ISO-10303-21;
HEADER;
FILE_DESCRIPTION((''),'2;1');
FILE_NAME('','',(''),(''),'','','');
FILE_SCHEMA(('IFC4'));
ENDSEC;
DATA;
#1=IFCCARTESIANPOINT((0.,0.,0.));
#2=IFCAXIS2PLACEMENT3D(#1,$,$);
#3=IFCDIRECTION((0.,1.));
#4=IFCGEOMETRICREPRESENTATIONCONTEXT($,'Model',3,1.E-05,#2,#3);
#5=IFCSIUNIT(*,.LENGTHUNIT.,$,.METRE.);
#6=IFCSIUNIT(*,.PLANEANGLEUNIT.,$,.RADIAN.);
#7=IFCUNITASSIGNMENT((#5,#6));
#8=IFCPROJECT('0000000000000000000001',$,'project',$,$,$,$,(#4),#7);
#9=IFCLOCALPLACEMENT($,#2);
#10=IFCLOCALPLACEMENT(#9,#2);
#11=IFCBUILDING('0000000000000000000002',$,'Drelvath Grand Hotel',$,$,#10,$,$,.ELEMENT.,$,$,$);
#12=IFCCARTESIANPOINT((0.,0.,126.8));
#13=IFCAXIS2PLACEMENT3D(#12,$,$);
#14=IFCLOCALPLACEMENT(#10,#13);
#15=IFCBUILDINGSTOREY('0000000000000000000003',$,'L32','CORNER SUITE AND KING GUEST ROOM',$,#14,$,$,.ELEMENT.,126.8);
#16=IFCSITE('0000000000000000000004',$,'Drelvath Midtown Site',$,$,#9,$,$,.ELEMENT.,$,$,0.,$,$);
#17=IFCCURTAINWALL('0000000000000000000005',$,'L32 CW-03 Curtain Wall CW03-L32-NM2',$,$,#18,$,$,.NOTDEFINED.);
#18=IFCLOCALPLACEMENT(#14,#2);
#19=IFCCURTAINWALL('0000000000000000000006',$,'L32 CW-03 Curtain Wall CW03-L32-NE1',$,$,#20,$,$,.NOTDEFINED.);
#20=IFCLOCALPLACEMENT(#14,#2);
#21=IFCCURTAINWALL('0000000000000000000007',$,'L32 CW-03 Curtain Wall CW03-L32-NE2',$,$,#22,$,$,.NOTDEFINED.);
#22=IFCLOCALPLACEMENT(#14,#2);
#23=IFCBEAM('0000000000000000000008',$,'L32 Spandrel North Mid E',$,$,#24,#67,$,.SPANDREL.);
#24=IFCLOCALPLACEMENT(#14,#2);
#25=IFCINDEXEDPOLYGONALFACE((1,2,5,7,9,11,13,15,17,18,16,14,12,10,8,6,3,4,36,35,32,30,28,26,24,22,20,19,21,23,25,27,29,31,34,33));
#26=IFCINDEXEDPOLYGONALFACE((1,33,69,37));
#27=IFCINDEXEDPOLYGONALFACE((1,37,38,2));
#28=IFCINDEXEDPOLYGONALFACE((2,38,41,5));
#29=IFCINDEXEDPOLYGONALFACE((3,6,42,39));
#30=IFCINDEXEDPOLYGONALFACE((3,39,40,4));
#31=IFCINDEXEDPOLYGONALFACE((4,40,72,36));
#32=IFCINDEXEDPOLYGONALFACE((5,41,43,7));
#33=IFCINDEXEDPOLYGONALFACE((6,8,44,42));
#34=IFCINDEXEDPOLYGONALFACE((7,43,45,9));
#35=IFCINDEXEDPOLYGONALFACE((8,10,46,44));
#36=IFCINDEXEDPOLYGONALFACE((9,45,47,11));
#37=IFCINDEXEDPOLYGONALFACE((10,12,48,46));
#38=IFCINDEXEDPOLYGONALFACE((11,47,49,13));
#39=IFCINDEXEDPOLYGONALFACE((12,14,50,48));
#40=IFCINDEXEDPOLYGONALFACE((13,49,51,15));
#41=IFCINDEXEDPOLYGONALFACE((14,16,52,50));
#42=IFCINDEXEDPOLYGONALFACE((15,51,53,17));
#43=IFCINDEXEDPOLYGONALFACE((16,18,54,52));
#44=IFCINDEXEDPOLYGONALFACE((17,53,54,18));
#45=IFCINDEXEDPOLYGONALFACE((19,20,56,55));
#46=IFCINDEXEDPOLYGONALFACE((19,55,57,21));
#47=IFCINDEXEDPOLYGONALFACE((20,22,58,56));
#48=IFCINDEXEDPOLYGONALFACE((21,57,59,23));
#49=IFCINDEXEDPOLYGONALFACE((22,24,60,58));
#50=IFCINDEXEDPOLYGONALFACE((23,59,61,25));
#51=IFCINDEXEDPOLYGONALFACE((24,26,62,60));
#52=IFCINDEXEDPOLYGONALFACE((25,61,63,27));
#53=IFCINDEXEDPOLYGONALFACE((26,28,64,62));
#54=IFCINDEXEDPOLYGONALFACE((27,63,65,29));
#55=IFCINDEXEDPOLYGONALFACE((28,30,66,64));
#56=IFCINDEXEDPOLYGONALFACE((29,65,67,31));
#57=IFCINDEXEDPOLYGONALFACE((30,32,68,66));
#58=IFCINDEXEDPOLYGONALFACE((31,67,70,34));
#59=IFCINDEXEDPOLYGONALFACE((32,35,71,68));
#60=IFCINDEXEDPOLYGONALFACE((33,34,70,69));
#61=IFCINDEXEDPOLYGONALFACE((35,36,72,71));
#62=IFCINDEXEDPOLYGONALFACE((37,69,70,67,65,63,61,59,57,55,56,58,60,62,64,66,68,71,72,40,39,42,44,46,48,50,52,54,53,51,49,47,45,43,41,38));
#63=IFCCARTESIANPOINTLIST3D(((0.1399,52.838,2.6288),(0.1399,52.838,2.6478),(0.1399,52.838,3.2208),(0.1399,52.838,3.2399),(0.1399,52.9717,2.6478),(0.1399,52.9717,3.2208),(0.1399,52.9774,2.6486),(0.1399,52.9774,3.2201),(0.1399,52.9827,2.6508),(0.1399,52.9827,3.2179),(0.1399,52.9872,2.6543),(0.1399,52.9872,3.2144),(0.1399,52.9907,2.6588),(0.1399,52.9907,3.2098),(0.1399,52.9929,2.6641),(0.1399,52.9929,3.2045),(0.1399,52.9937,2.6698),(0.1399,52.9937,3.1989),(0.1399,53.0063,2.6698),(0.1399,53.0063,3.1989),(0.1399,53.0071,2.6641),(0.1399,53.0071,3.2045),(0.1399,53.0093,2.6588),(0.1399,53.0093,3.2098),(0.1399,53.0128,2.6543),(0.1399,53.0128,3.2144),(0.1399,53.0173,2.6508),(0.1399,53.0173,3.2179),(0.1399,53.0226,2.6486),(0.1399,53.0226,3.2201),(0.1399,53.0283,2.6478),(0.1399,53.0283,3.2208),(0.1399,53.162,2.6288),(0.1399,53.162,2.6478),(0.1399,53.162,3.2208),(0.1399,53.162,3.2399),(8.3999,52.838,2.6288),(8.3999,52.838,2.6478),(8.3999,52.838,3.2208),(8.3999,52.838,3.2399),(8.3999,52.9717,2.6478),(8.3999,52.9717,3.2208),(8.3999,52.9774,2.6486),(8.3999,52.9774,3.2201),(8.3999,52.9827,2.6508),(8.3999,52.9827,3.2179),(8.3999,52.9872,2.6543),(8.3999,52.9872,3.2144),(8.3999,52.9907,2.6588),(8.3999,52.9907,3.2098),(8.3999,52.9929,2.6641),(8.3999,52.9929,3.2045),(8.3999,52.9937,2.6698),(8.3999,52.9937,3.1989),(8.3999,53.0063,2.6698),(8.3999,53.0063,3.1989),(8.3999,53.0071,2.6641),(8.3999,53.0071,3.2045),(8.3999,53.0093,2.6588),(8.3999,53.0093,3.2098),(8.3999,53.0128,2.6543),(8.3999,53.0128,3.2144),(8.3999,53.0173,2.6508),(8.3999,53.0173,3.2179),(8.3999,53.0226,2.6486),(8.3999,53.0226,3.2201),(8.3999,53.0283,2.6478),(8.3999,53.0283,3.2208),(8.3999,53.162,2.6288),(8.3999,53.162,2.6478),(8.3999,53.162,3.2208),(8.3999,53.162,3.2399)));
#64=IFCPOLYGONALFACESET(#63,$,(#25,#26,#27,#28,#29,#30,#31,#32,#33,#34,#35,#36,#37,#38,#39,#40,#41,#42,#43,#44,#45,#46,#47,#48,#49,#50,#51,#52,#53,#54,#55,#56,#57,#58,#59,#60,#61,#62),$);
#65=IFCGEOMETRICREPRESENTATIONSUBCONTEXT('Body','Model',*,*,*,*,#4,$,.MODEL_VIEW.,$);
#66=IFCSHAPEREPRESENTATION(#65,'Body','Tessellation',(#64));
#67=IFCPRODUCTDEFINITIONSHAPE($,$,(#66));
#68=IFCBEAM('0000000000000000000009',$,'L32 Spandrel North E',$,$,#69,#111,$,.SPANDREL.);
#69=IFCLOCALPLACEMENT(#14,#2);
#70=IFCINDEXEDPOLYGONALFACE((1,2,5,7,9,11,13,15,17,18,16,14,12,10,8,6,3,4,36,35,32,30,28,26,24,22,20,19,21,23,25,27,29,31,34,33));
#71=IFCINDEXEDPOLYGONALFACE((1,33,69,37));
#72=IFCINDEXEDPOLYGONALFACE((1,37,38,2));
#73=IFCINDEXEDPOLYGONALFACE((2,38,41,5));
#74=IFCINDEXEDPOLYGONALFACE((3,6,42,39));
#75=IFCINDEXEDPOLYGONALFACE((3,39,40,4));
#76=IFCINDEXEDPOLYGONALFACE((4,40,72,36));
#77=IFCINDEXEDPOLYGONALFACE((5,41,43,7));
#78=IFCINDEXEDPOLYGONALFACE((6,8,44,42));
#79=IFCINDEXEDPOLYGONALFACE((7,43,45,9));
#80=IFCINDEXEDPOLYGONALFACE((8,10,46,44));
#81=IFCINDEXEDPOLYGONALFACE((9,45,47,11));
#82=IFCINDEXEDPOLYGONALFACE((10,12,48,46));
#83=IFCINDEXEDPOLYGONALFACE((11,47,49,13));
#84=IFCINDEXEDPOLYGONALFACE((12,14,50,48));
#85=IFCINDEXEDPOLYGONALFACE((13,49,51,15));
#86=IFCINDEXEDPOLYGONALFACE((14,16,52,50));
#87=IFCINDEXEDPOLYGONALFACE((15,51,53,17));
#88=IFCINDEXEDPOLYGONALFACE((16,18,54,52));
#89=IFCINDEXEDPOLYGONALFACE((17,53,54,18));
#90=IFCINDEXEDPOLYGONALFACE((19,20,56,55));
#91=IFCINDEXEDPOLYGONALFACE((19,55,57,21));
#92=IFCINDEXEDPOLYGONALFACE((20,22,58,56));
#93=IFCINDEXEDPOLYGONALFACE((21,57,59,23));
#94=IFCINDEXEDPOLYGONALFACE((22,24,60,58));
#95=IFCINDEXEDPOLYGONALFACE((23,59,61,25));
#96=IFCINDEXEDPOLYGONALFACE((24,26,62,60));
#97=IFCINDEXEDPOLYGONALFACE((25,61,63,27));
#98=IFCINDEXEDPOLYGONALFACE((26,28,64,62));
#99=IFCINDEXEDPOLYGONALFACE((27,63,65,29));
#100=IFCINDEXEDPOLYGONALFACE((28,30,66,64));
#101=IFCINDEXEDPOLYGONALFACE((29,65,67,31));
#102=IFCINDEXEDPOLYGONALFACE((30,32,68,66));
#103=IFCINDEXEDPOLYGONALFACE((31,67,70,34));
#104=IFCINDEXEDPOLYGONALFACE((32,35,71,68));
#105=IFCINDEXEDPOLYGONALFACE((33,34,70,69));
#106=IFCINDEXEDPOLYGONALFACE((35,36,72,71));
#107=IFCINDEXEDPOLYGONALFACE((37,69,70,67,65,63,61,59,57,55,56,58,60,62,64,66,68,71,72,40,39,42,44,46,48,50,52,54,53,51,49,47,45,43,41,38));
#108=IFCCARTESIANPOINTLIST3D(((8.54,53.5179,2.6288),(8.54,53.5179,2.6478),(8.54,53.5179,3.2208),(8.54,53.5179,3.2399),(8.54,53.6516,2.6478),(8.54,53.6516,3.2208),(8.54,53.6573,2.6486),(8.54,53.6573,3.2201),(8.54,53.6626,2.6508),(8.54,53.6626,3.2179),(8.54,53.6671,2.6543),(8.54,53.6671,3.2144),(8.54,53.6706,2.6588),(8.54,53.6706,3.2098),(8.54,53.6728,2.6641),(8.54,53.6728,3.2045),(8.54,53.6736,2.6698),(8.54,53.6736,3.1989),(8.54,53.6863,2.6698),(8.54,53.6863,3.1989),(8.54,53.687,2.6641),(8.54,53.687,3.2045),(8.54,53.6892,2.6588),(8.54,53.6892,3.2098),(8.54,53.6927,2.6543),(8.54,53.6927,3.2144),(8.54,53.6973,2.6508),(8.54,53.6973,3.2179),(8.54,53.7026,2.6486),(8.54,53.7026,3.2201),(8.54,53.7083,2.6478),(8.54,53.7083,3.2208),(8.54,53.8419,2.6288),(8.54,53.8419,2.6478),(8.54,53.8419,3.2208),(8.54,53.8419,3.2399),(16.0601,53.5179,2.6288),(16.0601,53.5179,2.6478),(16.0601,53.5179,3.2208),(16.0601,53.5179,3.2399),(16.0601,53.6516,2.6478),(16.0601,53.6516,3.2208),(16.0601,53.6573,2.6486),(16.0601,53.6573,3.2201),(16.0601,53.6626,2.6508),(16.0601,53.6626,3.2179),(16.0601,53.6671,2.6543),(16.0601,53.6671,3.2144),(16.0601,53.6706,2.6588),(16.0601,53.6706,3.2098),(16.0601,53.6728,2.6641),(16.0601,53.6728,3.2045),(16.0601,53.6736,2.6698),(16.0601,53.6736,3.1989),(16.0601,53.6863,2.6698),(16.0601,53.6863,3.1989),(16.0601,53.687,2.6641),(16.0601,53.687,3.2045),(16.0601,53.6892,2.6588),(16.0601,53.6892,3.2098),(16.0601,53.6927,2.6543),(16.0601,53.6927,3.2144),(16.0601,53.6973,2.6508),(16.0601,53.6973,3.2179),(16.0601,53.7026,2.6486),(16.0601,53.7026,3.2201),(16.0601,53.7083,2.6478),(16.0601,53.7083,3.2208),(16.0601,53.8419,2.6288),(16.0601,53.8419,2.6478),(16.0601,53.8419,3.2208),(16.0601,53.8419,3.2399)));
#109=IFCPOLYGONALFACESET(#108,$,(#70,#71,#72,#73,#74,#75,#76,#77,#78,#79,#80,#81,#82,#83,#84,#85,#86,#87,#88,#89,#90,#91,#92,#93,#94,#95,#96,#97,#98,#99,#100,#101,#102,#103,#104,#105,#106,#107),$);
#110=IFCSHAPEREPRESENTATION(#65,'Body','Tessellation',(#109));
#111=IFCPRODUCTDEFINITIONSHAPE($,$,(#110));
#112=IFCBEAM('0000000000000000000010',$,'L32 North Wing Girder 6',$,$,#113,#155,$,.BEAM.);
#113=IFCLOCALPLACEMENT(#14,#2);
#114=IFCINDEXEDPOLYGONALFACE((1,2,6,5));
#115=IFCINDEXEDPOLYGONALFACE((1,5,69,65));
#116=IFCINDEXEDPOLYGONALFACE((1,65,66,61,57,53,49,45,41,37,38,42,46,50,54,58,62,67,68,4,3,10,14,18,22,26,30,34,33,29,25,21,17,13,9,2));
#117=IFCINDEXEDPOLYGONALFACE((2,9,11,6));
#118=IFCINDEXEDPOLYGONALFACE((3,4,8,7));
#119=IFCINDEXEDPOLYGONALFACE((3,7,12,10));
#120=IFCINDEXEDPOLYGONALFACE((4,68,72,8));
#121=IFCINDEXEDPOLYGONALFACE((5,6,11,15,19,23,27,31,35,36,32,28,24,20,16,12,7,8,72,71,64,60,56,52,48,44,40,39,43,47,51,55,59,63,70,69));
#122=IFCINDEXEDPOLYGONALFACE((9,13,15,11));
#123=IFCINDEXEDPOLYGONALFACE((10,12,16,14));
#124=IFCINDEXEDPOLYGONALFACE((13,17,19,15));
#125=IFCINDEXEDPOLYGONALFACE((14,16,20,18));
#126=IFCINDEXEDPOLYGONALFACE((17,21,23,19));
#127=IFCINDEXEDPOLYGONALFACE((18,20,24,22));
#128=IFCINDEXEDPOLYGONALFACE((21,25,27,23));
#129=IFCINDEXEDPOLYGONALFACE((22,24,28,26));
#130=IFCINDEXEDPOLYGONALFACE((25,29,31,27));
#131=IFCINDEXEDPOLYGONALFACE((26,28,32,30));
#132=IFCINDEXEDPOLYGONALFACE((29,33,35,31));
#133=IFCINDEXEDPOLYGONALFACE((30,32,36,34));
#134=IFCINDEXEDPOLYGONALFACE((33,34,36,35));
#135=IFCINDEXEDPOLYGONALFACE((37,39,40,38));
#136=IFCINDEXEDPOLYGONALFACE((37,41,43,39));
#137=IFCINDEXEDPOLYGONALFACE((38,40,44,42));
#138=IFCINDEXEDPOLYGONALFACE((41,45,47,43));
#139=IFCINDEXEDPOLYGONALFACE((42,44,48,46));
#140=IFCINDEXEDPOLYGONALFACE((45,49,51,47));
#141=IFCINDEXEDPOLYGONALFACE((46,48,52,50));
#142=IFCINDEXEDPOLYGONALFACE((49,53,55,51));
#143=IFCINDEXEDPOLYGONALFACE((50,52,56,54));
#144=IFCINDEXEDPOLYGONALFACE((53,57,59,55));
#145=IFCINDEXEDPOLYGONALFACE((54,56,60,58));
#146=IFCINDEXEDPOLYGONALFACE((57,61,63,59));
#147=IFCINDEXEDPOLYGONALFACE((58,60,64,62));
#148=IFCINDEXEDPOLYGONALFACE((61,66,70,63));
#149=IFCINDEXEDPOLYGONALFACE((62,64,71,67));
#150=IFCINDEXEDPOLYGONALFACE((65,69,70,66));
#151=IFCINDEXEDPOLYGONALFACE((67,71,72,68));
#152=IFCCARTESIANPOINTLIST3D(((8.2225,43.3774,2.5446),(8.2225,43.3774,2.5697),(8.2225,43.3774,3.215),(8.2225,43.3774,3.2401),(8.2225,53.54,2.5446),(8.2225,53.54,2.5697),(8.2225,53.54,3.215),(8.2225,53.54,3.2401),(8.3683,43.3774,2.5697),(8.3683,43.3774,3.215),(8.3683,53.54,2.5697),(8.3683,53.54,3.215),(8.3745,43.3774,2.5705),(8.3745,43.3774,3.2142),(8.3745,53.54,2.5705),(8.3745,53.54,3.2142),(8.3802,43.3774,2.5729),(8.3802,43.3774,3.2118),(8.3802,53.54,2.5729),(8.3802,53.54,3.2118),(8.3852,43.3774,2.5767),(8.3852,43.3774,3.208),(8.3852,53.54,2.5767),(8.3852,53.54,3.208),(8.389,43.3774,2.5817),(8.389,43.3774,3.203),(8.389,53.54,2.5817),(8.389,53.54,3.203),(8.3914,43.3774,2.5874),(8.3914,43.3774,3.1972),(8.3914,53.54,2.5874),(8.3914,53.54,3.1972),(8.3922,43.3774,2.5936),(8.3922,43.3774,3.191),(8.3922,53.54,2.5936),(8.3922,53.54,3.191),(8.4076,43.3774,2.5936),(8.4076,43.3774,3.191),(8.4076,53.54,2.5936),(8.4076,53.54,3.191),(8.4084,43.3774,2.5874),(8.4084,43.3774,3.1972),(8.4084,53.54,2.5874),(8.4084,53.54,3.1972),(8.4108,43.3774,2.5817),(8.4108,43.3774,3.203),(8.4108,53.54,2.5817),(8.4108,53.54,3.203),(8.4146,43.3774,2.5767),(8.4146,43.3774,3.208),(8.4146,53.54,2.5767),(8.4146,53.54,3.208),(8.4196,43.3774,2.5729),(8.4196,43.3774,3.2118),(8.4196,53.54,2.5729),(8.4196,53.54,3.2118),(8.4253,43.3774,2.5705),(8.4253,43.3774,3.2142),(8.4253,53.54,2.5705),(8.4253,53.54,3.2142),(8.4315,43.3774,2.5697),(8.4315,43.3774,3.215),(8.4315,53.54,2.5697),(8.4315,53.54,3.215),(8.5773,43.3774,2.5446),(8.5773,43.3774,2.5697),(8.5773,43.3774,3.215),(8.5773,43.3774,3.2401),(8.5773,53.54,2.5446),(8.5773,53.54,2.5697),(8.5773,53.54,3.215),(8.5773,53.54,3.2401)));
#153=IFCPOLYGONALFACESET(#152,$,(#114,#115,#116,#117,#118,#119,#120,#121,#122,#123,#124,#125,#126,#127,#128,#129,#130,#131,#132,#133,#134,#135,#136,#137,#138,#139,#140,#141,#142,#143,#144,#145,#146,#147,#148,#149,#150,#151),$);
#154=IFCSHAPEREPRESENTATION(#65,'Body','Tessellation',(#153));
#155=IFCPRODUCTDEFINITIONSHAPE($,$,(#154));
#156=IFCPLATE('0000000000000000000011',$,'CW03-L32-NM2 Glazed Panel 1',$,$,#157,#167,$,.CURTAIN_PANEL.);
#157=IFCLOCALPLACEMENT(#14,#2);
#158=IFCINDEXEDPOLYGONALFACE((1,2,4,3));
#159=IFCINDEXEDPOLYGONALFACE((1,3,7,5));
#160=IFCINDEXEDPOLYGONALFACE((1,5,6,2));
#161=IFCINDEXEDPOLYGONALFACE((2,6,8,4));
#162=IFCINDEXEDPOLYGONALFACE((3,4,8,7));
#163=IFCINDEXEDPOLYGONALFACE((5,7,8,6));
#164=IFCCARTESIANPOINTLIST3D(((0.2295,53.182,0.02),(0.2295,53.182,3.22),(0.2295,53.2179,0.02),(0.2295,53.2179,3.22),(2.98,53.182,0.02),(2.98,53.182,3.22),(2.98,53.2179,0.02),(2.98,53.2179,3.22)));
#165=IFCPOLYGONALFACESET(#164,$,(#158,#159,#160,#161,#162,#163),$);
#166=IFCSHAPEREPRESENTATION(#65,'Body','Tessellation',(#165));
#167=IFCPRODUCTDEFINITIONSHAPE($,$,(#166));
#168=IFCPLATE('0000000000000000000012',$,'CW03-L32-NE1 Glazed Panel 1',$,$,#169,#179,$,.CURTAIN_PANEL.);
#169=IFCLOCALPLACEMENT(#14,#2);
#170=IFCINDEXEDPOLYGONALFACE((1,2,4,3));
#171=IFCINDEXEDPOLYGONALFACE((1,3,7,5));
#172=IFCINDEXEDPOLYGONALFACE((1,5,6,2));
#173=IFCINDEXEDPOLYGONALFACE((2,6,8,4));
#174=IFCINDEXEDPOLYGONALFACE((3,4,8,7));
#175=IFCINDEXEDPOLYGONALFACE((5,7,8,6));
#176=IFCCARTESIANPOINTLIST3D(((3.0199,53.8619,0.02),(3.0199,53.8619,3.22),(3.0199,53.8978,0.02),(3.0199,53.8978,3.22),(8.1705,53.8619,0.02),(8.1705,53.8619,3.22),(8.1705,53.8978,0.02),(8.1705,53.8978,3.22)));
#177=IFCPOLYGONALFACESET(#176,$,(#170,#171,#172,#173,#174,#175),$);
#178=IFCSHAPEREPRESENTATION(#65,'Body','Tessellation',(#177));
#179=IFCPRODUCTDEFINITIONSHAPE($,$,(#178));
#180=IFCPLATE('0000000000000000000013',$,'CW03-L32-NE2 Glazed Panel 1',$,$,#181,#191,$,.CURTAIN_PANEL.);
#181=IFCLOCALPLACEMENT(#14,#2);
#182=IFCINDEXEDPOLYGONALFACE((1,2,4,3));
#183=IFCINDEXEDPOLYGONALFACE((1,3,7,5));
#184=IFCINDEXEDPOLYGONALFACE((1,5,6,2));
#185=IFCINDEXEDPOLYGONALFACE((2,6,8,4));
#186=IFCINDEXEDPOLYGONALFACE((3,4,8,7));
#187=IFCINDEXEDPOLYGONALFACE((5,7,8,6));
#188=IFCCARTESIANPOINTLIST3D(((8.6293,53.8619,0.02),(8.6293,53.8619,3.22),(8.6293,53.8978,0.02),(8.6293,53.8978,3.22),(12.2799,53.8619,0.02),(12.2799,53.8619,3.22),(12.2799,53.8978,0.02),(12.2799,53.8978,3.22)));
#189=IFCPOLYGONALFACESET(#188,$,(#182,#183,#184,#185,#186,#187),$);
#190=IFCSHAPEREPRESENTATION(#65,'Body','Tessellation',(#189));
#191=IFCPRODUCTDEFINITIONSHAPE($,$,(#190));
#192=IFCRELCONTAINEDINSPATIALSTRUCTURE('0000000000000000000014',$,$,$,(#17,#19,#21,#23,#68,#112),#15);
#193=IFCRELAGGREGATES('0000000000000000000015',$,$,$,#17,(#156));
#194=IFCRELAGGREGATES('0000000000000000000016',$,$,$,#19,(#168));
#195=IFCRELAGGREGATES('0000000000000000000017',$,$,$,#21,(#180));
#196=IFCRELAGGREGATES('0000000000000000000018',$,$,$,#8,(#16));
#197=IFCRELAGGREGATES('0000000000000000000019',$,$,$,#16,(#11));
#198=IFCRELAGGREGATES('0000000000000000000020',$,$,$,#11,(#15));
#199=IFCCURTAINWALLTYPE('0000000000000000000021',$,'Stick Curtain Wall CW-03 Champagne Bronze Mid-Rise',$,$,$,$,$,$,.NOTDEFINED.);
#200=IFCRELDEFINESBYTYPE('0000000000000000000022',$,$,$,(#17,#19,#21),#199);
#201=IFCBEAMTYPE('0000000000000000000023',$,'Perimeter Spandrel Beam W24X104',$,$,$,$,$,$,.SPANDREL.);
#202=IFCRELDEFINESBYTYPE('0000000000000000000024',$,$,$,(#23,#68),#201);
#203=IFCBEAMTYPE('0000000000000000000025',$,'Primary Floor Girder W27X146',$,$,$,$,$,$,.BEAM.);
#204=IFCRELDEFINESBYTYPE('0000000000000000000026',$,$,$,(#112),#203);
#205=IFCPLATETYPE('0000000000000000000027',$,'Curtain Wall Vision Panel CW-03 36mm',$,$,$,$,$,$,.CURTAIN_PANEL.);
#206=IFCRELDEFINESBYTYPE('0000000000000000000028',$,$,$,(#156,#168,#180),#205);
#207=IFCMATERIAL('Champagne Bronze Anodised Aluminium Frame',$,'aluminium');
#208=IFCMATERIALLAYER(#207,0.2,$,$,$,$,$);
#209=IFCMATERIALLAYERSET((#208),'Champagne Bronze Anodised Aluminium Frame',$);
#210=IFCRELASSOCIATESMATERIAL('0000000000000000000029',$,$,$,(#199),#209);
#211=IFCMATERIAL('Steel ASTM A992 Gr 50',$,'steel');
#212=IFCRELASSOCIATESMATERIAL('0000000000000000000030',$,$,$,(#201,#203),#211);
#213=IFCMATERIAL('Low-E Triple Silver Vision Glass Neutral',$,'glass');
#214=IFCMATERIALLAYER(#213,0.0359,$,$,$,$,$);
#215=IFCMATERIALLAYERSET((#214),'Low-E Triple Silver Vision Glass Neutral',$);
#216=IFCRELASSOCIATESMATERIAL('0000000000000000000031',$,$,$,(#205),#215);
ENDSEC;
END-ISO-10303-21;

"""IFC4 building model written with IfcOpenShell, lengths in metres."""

from ifc_helpers import new_model, si_unit, direction, frame, origin, origin_2d, place, context, subcontext, project, spatial, rectangle, i_section, extrude, material, layer, layer_set, material_profile, profile_set, type_object, element, aggregate, save


model = new_model("IFC4")

# Units and contexts
model_context = context("Model", 3, precision=1e-05, world=origin(), true_north=direction((0.0, 1.0)))
body_context = subcontext(model_context, "Body", "Model", "MODEL_VIEW")
ifc_project = project(units=[si_unit("LENGTHUNIT", "METRE"), si_unit("PLANEANGLEUNIT", "RADIAN")], contexts=[model_context])

# Site, building, storey
site_placement = place(None, origin())
site = spatial("IfcSite", under=ifc_project, at=site_placement, Name="Drelvath Midtown Site", CompositionType="ELEMENT", RefElevation=0.0)
building_placement = place(site_placement, origin())
building = spatial("IfcBuilding", under=site, at=building_placement, Name="Drelvath Grand Hotel", CompositionType="ELEMENT")
storey_placement = place(building_placement, frame((0.0, 0.0, 126.8)))
storey = spatial("IfcBuildingStorey", under=building, at=storey_placement, Name="L32", Description="CORNER SUITE AND KING GUEST ROOM", CompositionType="ELEMENT", Elevation=126.8)

# Curtain walls
ifc_material_1 = material(Name="Champagne Bronze Anodised Aluminium Frame", Category="aluminium")
ifc_layer_1 = layer(ifc_material_1, 0.2)
ifc_layer_set_1 = layer_set([ifc_layer_1], Name="Champagne Bronze Anodised Aluminium Frame")
curtain_wall_type = type_object("IfcCurtainWallType", Name="Stick Curtain Wall CW-03 Champagne Bronze Mid-Rise", PredefinedType="NOTDEFINED", material=ifc_layer_set_1)
curtain_wall_1_placement = place(storey_placement, origin())
curtain_wall_1 = element("IfcCurtainWall", 1, at=curtain_wall_1_placement, inside=storey, type_object=curtain_wall_type, Name="L32 CW-03 Curtain Wall CW03-L32-NM2", PredefinedType="NOTDEFINED")
curtain_wall_2_placement = place(storey_placement, origin())
curtain_wall_2 = element("IfcCurtainWall", 2, at=curtain_wall_2_placement, inside=storey, type_object=curtain_wall_type, Name="L32 CW-03 Curtain Wall CW03-L32-NE1", PredefinedType="NOTDEFINED")
curtain_wall_3_placement = place(storey_placement, origin())
curtain_wall_3 = element("IfcCurtainWall", 3, at=curtain_wall_3_placement, inside=storey, type_object=curtain_wall_type, Name="L32 CW-03 Curtain Wall CW03-L32-NE2", PredefinedType="NOTDEFINED")

# Beams
ifc_material_2 = material(Name="Steel ASTM A992 Gr 50", Category="steel")
ifc_material_profile_1 = material_profile(ifc_material_2, i_section(OverallWidth=0.324, OverallDepth=0.6111, WebThickness=0.0127, FlangeThickness=0.019, FilletRadius=0.022, at=origin_2d()), Name="W24X104")
ifc_profile_set_1 = profile_set([ifc_material_profile_1], Name="Steel ASTM A992 Gr 50")
beam_type_1 = type_object("IfcBeamType", Name="Perimeter Spandrel Beam W24X104", PredefinedType="SPANDREL", material=ifc_profile_set_1)
beam_1_placement = place(storey_placement, frame((0.1399, 53.0, 2.9343), z_axis=(1.0, 0.0, 0.0), x_axis=(0.0, 1.0, 0.0)))
element("IfcBeam", 4, at=beam_1_placement, inside=storey, type_object=beam_type_1, Name="L32 Spandrel North Mid E", PredefinedType="SPANDREL", context=body_context, shape_type="SweptSolid", body=[
    extrude(i_section(OverallWidth=0.324, OverallDepth=0.6111, WebThickness=0.0127, FlangeThickness=0.019, FilletRadius=0.022, at=origin_2d()), origin(), (0.0, 0.0, 1.0), 8.26),
])
beam_2_placement = place(storey_placement, frame((8.54, 53.6799, 2.9343), z_axis=(1.0, 0.0, 0.0), x_axis=(0.0, 1.0, 0.0)))
element("IfcBeam", 5, at=beam_2_placement, inside=storey, type_object=beam_type_1, Name="L32 Spandrel North E", PredefinedType="SPANDREL", context=body_context, shape_type="SweptSolid", body=[
    extrude(i_section(OverallWidth=0.324, OverallDepth=0.6111, WebThickness=0.0127, FlangeThickness=0.019, FilletRadius=0.022, at=origin_2d()), origin(), (0.0, 0.0, 1.0), 7.52),
])
ifc_material_profile_2 = material_profile(ifc_material_2, i_section(OverallWidth=0.3547, OverallDepth=0.6956, WebThickness=0.0154, FlangeThickness=0.0251, FilletRadius=0.0239, at=origin_2d()), Name="W27X146")
ifc_profile_set_2 = profile_set([ifc_material_profile_2], Name="Steel ASTM A992 Gr 50")
beam_type_2 = type_object("IfcBeamType", Name="Primary Floor Girder W27X146", PredefinedType="BEAM", material=ifc_profile_set_2)
beam_3_placement = place(storey_placement, frame((8.3999, 43.3774, 2.8923), z_axis=(0.0, 1.0, 0.0), x_axis=(-1.0, 0.0, 0.0)))
element("IfcBeam", 6, at=beam_3_placement, inside=storey, type_object=beam_type_2, Name="L32 North Wing Girder 6", PredefinedType="BEAM", context=body_context, shape_type="SweptSolid", body=[
    extrude(i_section(OverallWidth=0.3547, OverallDepth=0.6956, WebThickness=0.0154, FlangeThickness=0.0251, FilletRadius=0.0239, at=origin_2d()), origin(), (0.0, 0.0, 1.0), 10.1626),
])

# Plates
ifc_material_3 = material(Name="Low-E Triple Silver Vision Glass Neutral", Category="glass")
ifc_layer_2 = layer(ifc_material_3, 0.0359)
ifc_layer_set_2 = layer_set([ifc_layer_2], Name="Low-E Triple Silver Vision Glass Neutral")
plate_type = type_object("IfcPlateType", Name="Curtain Wall Vision Panel CW-03 36mm", PredefinedType="CURTAIN_PANEL", material=ifc_layer_set_2)
plate_1_placement = place(storey_placement, frame((1.6047, 53.2, 0.02), z_axis=(0.0, 0.0, 1.0), x_axis=(1.0, 0.0, 0.0)))
plate_1 = element("IfcPlate", 7, at=plate_1_placement, type_object=plate_type, Name="CW03-L32-NM2 Glazed Panel 1", PredefinedType="CURTAIN_PANEL", context=body_context, shape_type="SweptSolid", body=[
    extrude(rectangle(XDim=2.7505, YDim=0.0359, at=origin_2d()), origin(), (0.0, 0.0, 1.0), 3.2),
])
aggregate(curtain_wall_1, [plate_1])
plate_2_placement = place(storey_placement, frame((5.5952, 53.8799, 0.02), z_axis=(0.0, 0.0, 1.0), x_axis=(1.0, 0.0, 0.0)))
plate_2 = element("IfcPlate", 8, at=plate_2_placement, type_object=plate_type, Name="CW03-L32-NE1 Glazed Panel 1", PredefinedType="CURTAIN_PANEL", context=body_context, shape_type="SweptSolid", body=[
    extrude(rectangle(XDim=5.1506, YDim=0.0359, at=origin_2d()), origin(), (0.0, 0.0, 1.0), 3.2),
])
aggregate(curtain_wall_2, [plate_2])
plate_3_placement = place(storey_placement, frame((10.4546, 53.8799, 0.02), z_axis=(0.0, 0.0, 1.0), x_axis=(1.0, 0.0, 0.0)))
plate_3 = element("IfcPlate", 9, at=plate_3_placement, type_object=plate_type, Name="CW03-L32-NE2 Glazed Panel 1", PredefinedType="CURTAIN_PANEL", context=body_context, shape_type="SweptSolid", body=[
    extrude(rectangle(XDim=3.6506, YDim=0.0359, at=origin_2d()), origin(), (0.0, 0.0, 1.0), 3.2),
])
aggregate(curtain_wall_3, [plate_3])

save(model, "model.ifc")
